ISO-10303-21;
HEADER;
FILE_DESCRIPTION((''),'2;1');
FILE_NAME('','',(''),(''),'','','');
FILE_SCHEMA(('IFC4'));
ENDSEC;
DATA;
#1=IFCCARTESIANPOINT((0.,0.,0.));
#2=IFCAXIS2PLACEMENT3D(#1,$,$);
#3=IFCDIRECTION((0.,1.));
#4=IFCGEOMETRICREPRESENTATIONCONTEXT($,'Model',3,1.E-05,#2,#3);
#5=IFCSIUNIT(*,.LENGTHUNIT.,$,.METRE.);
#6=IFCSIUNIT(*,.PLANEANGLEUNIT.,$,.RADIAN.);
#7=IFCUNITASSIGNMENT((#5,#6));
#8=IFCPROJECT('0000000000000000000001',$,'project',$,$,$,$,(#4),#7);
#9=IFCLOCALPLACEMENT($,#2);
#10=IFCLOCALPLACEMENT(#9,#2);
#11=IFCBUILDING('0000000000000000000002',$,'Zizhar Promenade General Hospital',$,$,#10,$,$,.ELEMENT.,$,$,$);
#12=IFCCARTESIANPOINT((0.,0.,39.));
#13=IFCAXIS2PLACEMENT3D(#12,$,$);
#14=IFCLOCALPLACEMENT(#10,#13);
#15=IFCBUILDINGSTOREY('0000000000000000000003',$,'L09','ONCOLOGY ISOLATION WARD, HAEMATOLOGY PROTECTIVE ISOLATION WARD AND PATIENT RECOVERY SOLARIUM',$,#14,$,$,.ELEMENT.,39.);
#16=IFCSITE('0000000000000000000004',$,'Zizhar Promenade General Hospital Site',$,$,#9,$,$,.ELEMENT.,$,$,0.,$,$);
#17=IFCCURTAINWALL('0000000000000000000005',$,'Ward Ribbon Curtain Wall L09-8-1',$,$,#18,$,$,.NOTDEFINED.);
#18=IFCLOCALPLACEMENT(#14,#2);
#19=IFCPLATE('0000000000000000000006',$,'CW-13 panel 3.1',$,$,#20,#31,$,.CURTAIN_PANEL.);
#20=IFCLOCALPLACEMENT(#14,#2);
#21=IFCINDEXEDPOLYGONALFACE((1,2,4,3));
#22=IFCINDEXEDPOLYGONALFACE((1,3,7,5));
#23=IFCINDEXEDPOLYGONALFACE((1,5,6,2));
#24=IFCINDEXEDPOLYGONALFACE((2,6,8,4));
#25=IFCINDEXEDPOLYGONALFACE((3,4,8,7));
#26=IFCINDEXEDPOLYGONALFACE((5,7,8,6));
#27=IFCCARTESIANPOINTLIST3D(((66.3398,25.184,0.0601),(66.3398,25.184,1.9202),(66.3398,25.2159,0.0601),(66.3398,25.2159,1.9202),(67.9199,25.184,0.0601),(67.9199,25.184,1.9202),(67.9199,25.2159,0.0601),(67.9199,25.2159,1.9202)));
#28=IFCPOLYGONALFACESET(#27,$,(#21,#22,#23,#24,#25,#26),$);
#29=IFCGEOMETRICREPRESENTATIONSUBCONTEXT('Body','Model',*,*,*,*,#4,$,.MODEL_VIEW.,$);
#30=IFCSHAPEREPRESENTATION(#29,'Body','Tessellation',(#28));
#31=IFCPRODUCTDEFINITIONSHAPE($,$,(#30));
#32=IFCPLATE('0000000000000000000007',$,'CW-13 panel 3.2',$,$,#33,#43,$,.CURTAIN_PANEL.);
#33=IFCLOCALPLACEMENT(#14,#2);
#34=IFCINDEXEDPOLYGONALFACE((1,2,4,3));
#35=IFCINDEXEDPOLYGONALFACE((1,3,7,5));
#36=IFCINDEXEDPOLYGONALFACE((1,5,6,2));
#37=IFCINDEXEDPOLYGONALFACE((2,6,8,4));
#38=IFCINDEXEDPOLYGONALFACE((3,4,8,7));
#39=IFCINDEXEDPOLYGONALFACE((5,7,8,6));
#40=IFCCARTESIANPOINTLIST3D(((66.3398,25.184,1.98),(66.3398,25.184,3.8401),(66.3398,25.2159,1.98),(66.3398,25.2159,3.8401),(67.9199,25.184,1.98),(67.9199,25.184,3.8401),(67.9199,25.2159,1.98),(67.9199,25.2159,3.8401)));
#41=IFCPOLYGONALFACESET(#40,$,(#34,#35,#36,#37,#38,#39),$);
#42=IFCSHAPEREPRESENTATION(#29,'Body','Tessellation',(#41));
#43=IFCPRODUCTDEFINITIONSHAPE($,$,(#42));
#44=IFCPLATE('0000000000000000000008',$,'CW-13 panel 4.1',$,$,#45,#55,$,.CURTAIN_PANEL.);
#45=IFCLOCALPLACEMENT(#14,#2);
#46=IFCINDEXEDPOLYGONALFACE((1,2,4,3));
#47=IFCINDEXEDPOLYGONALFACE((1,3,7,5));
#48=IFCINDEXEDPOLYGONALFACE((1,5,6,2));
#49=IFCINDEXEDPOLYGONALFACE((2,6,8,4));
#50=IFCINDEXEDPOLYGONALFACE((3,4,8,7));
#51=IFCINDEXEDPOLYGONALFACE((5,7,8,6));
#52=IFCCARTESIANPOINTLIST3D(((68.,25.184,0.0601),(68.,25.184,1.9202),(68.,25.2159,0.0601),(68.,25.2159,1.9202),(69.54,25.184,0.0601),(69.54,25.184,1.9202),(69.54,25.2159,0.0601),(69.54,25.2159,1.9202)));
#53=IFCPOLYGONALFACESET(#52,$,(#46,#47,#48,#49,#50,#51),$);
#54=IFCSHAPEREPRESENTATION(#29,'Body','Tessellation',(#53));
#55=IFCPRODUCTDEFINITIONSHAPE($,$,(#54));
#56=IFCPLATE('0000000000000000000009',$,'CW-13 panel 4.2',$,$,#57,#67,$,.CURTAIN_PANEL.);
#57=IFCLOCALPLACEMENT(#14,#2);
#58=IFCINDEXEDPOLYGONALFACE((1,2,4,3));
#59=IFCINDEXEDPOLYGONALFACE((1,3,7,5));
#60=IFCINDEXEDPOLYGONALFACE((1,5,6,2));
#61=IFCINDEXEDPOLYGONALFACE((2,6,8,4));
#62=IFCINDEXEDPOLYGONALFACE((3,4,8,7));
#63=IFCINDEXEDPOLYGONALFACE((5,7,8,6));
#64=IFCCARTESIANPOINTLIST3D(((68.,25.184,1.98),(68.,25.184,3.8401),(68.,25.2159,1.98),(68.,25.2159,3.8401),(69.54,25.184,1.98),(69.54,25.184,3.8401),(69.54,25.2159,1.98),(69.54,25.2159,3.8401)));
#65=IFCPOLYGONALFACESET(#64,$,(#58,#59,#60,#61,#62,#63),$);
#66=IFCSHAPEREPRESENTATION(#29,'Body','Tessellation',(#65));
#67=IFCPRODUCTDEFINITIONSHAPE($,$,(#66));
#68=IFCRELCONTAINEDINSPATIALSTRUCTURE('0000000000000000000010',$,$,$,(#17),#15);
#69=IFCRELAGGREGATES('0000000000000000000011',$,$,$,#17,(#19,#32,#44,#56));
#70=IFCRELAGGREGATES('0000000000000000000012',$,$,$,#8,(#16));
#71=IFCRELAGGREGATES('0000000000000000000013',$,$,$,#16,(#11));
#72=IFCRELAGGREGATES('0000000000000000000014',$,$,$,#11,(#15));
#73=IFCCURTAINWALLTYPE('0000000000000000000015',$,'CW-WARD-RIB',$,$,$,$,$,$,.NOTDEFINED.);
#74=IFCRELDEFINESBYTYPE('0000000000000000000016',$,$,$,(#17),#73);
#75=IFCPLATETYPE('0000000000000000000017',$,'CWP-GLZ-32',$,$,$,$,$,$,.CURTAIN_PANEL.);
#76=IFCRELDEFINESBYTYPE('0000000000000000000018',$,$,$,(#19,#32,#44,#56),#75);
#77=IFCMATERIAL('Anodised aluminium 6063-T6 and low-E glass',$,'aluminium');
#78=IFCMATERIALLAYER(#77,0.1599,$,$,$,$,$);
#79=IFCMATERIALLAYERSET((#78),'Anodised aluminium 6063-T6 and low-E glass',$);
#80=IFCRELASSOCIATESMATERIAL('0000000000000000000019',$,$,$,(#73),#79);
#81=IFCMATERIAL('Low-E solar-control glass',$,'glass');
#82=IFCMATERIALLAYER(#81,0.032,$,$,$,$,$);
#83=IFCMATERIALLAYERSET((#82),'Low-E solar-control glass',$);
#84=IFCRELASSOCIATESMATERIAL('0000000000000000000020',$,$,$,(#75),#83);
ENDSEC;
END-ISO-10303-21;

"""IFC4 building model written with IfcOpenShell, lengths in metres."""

from ifc_helpers import new_model, si_unit, direction, frame, origin, origin_2d, place, context, subcontext, project, spatial, rectangle, extrude, material, layer, layer_set, type_object, element, aggregate, save


model = new_model("IFC4")

# Units and contexts
model_context = context("Model", 3, precision=1e-05, world=origin(), true_north=direction((0.0, 1.0)))
body_context = subcontext(model_context, "Body", "Model", "MODEL_VIEW")
ifc_project = project(units=[si_unit("LENGTHUNIT", "METRE"), si_unit("PLANEANGLEUNIT", "RADIAN")], contexts=[model_context])

# Site, building, storey
site_placement = place(None, origin())
site = spatial("IfcSite", under=ifc_project, at=site_placement, Name="Zizhar Promenade General Hospital Site", CompositionType="ELEMENT", RefElevation=0.0)
building_placement = place(site_placement, origin())
building = spatial("IfcBuilding", under=site, at=building_placement, Name="Zizhar Promenade General Hospital", CompositionType="ELEMENT")
storey_placement = place(building_placement, frame((0.0, 0.0, 39.0)))
storey = spatial("IfcBuildingStorey", under=building, at=storey_placement, Name="L09", Description="ONCOLOGY ISOLATION WARD, HAEMATOLOGY PROTECTIVE ISOLATION WARD AND PATIENT RECOVERY SOLARIUM", CompositionType="ELEMENT", Elevation=39.0)

# Curtain wall
ifc_material_1 = material(Name="Anodised aluminium 6063-T6 and low-E glass", Category="aluminium")
ifc_layer_1 = layer(ifc_material_1, 0.1599)
ifc_layer_set_1 = layer_set([ifc_layer_1], Name="Anodised aluminium 6063-T6 and low-E glass")
curtain_wall_type = type_object("IfcCurtainWallType", Name="CW-WARD-RIB", PredefinedType="NOTDEFINED", material=ifc_layer_set_1)
curtain_wall_1_placement = place(storey_placement, origin())
curtain_wall_1 = element("IfcCurtainWall", 1, at=curtain_wall_1_placement, inside=storey, type_object=curtain_wall_type, Name="Ward Ribbon Curtain Wall L09-8-1", PredefinedType="NOTDEFINED")

# Plates
ifc_material_2 = material(Name="Low-E solar-control glass", Category="glass")
ifc_layer_2 = layer(ifc_material_2, 0.032)
ifc_layer_set_2 = layer_set([ifc_layer_2], Name="Low-E solar-control glass")
plate_type = type_object("IfcPlateType", Name="CWP-GLZ-32", PredefinedType="CURTAIN_PANEL", material=ifc_layer_set_2)
plate_1_placement = place(storey_placement, frame((67.1299, 25.2, 0.0601), z_axis=(0.0, 0.0, 1.0), x_axis=(1.0, 0.0, 0.0)))
plate_1 = element("IfcPlate", 2, at=plate_1_placement, type_object=plate_type, Name="CW-13 panel 3.1", PredefinedType="CURTAIN_PANEL", context=body_context, shape_type="SweptSolid", body=[
    extrude(rectangle(XDim=1.5801, YDim=0.032, at=origin_2d()), origin(), (0.0, 0.0, 1.0), 1.8601),
])
plate_2_placement = place(storey_placement, frame((67.1299, 25.2, 1.98), z_axis=(0.0, 0.0, 1.0), x_axis=(1.0, 0.0, 0.0)))
plate_2 = element("IfcPlate", 3, at=plate_2_placement, type_object=plate_type, Name="CW-13 panel 3.2", PredefinedType="CURTAIN_PANEL", context=body_context, shape_type="SweptSolid", body=[
    extrude(rectangle(XDim=1.5801, YDim=0.032, at=origin_2d()), origin(), (0.0, 0.0, 1.0), 1.8601),
])
plate_3_placement = place(storey_placement, frame((68.77, 25.2, 0.0601), z_axis=(0.0, 0.0, 1.0), x_axis=(1.0, 0.0, 0.0)))
plate_3 = element("IfcPlate", 4, at=plate_3_placement, type_object=plate_type, Name="CW-13 panel 4.1", PredefinedType="CURTAIN_PANEL", context=body_context, shape_type="SweptSolid", body=[
    extrude(rectangle(XDim=1.54, YDim=0.032, at=origin_2d()), origin(), (0.0, 0.0, 1.0), 1.8601),
])
plate_4_placement = place(storey_placement, frame((68.77, 25.2, 1.98), z_axis=(0.0, 0.0, 1.0), x_axis=(1.0, 0.0, 0.0)))
plate_4 = element("IfcPlate", 5, at=plate_4_placement, type_object=plate_type, Name="CW-13 panel 4.2", PredefinedType="CURTAIN_PANEL", context=body_context, shape_type="SweptSolid", body=[
    extrude(rectangle(XDim=1.54, YDim=0.032, at=origin_2d()), origin(), (0.0, 0.0, 1.0), 1.8601),
])
aggregate(curtain_wall_1, [plate_1, plate_2, plate_3, plate_4])

save(model, "model.ifc")
